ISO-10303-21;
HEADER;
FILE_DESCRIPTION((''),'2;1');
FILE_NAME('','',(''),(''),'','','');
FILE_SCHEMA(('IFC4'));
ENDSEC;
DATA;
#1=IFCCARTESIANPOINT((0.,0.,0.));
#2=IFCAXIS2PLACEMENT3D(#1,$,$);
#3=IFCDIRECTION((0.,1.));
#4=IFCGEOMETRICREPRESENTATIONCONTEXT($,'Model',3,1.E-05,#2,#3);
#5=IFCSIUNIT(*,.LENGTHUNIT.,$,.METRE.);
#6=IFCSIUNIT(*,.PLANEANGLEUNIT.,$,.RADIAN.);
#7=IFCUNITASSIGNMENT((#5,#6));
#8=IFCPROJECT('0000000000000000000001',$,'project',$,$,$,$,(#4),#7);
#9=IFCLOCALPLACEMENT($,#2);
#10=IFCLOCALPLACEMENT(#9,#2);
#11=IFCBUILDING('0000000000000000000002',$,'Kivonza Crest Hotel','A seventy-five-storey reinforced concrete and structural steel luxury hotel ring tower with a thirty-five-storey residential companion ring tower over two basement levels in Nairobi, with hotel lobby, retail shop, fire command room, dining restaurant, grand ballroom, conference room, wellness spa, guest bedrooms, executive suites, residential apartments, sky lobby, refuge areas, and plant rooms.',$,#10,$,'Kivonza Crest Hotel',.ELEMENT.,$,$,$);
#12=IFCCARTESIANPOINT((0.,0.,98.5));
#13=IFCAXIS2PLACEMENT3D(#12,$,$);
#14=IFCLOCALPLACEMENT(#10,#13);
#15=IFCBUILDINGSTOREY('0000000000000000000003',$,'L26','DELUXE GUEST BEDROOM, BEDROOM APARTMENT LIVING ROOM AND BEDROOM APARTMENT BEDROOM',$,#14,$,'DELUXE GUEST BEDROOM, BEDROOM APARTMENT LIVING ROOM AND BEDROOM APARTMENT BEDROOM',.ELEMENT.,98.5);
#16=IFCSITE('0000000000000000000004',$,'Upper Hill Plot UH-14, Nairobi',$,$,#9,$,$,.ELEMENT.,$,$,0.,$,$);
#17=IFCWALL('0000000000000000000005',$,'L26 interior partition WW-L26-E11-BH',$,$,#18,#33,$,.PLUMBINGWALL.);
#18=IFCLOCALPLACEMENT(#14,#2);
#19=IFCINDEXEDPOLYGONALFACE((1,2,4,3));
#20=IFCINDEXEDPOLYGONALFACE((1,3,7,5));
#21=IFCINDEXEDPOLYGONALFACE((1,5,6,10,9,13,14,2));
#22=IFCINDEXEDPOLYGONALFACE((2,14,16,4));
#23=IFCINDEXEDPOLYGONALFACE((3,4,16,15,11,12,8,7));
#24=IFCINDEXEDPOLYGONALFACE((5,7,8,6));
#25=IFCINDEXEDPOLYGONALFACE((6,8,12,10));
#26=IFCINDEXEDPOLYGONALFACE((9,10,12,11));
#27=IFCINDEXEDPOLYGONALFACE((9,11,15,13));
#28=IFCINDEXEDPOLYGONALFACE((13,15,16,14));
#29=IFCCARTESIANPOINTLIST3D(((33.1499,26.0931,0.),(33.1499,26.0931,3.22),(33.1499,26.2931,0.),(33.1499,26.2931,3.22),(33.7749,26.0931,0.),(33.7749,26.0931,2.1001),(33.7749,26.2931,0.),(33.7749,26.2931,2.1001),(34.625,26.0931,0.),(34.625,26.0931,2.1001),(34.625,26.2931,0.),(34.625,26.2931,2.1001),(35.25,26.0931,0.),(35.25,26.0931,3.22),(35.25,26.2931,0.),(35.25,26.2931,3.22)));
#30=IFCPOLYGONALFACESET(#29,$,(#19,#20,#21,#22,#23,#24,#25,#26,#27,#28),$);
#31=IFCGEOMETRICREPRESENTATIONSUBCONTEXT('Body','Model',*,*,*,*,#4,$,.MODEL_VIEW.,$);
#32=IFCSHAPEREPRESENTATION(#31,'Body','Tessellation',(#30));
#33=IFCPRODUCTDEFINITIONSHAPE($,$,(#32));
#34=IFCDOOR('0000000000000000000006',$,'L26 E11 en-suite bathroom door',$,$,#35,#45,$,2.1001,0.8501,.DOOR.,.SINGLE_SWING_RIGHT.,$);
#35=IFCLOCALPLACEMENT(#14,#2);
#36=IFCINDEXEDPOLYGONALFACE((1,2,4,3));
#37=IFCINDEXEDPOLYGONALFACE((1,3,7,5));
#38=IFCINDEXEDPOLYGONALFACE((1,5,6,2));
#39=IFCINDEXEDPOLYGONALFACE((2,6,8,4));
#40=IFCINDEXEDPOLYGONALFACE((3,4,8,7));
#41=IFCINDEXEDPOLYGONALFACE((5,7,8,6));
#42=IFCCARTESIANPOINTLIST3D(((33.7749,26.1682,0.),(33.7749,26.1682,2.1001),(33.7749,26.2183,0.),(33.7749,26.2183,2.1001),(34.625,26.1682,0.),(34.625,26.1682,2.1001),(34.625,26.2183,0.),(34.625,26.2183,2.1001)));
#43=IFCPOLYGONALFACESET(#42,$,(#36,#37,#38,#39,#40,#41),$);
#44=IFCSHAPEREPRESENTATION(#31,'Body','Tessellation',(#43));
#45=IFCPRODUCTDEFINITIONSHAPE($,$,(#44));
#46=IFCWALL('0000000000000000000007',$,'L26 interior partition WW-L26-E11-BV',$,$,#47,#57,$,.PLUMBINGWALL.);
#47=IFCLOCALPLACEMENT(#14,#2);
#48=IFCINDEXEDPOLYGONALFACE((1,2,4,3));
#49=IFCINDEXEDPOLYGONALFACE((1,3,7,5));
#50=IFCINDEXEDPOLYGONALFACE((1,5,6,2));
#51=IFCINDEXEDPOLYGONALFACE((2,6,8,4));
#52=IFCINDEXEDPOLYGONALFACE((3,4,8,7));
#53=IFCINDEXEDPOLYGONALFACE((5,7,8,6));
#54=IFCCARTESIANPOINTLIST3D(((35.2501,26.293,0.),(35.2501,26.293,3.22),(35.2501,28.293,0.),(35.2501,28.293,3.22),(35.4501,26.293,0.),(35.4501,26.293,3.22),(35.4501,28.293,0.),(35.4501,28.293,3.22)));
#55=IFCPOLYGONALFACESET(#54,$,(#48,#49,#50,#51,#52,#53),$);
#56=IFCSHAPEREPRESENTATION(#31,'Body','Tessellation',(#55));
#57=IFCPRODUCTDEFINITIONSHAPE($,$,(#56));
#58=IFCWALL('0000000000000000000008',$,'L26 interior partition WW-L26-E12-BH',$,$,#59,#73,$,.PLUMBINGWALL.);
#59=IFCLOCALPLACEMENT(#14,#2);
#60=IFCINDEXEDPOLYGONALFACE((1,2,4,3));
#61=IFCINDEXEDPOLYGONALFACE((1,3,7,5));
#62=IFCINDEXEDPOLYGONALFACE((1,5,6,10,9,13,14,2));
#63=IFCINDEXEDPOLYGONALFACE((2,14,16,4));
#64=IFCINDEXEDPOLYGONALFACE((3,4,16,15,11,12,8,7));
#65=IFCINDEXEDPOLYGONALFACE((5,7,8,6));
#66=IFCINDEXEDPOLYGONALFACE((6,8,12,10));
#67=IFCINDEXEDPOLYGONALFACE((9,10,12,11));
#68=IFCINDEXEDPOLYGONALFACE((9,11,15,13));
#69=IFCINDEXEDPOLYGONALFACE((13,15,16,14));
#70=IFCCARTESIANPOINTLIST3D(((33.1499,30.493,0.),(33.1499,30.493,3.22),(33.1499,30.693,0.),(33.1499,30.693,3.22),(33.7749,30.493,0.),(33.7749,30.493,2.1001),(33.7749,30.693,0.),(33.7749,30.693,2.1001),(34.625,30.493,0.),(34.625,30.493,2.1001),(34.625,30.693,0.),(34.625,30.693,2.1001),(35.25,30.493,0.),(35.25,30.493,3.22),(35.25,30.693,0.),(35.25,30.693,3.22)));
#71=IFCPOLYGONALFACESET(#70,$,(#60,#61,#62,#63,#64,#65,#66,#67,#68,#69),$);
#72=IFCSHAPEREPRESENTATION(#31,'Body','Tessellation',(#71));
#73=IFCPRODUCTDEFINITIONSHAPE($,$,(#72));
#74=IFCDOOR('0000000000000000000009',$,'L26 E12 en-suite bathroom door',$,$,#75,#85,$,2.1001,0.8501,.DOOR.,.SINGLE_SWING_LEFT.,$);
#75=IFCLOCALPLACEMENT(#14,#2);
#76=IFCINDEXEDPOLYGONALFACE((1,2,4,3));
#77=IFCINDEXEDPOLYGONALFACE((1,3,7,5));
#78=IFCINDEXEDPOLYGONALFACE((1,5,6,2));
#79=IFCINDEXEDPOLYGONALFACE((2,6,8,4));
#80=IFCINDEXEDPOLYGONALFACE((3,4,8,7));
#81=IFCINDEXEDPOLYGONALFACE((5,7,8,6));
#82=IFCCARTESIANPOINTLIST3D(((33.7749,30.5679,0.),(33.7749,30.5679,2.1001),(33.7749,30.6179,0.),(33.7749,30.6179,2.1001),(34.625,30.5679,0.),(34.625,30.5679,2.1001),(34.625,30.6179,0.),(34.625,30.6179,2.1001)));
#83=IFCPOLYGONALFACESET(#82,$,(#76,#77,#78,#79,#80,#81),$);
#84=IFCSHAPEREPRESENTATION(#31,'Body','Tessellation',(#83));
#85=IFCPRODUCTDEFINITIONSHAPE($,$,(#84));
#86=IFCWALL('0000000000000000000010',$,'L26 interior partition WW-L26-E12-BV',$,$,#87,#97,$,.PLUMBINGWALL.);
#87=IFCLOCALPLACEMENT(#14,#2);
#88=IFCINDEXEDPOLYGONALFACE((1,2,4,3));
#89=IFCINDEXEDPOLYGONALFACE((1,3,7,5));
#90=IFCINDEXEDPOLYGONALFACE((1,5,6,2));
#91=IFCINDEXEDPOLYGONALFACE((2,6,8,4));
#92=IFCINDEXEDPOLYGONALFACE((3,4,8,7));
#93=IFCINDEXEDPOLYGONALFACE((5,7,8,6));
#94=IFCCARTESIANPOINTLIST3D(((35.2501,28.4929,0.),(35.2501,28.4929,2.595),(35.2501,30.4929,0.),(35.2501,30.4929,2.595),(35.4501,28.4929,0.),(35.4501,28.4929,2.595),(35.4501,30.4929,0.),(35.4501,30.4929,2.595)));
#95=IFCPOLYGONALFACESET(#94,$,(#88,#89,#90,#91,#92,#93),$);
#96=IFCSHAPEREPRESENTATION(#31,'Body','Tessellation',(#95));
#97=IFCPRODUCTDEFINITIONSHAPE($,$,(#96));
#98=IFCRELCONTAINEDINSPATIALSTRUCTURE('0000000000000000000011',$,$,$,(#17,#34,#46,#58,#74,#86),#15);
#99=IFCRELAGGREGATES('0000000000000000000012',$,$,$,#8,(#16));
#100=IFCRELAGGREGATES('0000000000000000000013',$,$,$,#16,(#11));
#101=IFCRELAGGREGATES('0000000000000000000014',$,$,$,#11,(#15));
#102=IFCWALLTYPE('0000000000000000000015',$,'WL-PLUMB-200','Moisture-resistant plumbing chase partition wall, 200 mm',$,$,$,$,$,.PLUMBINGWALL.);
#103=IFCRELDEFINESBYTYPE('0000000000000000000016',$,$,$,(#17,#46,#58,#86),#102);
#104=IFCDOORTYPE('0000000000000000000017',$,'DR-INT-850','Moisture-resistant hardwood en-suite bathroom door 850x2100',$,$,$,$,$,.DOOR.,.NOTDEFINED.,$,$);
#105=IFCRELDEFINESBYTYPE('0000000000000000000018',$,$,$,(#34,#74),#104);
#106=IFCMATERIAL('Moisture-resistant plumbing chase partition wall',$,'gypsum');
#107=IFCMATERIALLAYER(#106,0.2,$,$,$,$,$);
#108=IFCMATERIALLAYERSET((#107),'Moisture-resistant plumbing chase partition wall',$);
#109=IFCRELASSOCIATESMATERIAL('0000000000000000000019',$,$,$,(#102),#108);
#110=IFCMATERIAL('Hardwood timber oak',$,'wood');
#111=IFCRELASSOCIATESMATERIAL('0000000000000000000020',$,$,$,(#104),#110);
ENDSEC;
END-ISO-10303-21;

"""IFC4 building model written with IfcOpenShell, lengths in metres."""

from ifc_helpers import new_model, si_unit, direction, frame, frame_2d, origin, place, context, subcontext, project, spatial, rectangle, extrude, material, layer, layer_set, type_object, element, fill, save


model = new_model("IFC4")

# Units and contexts
model_context = context("Model", 3, precision=1e-05, world=origin(), true_north=direction((0.0, 1.0)))
body_context = subcontext(model_context, "Body", "Model", "MODEL_VIEW")
ifc_project = project(units=[si_unit("LENGTHUNIT", "METRE"), si_unit("PLANEANGLEUNIT", "RADIAN")], contexts=[model_context])

# Site, building, storey
site_placement = place(None, origin())
site = spatial("IfcSite", under=ifc_project, at=site_placement, Name="Upper Hill Plot UH-14, Nairobi", CompositionType="ELEMENT", RefElevation=0.0)
building_placement = place(site_placement, origin())
building = spatial("IfcBuilding", under=site, at=building_placement, Name="Kivonza Crest Hotel", Description="A seventy-five-storey reinforced concrete and structural steel luxury hotel ring tower with a thirty-five-storey residential companion ring tower over two basement levels in Nairobi, with hotel lobby, retail shop, fire command room, dining restaurant, grand ballroom, conference room, wellness spa, guest bedrooms, executive suites, residential apartments, sky lobby, refuge areas, and plant rooms.", LongName="Kivonza Crest Hotel", CompositionType="ELEMENT")
storey_placement = place(building_placement, frame((0.0, 0.0, 98.5)))
storey = spatial("IfcBuildingStorey", under=building, at=storey_placement, Name="L26", Description="DELUXE GUEST BEDROOM, BEDROOM APARTMENT LIVING ROOM AND BEDROOM APARTMENT BEDROOM", LongName="DELUXE GUEST BEDROOM, BEDROOM APARTMENT LIVING ROOM AND BEDROOM APARTMENT BEDROOM", CompositionType="ELEMENT", Elevation=98.5)

# Shared definitions
ifc_material_1 = material(Name="Hardwood timber oak", Category="wood")

# Wall, opening, door
ifc_material_2 = material(Name="Moisture-resistant plumbing chase partition wall", Category="gypsum")
ifc_layer_1 = layer(ifc_material_2, 0.2)
ifc_layer_set_1 = layer_set([ifc_layer_1], Name="Moisture-resistant plumbing chase partition wall")
wall_type_1 = type_object("IfcWallType", Name="WL-PLUMB-200", Description="Moisture-resistant plumbing chase partition wall, 200 mm", PredefinedType="PLUMBINGWALL", material=ifc_layer_set_1)
wall_1_placement = place(storey_placement, frame((33.1499, 26.1931, 0.0), z_axis=(0.0, 0.0, 1.0), x_axis=(1.0, 0.0, 0.0)))
wall_1 = element("IfcWall", 1, at=wall_1_placement, inside=storey, type_object=wall_type_1, Name="L26 interior partition WW-L26-E11-BH", PredefinedType="PLUMBINGWALL", context=body_context, shape_type="SweptSolid", body=[
    extrude(rectangle(XDim=2.1001, YDim=0.2, at=frame_2d((1.05, 0.0))), origin(), (0.0, 0.0, 1.0), 3.22),
])
opening_1_placement = place(wall_1_placement, frame((0.625, 0.0, 0.0)))
opening_1 = element("IfcOpeningElement", 2, at=opening_1_placement, cuts=wall_1, PredefinedType="OPENING", context=body_context, shape_type="SweptSolid", body=[
    extrude(rectangle(XDim=0.8501, YDim=2.1001, at=frame_2d((0.425, 1.05))), frame((0.0, 0.1099, 0.0), z_axis=(0.0, -1.0, 0.0), x_axis=(1.0, 0.0, 0.0)), (0.0, 0.0, 1.0), 0.22),
])
door_type_1 = type_object("IfcDoorType", Name="DR-INT-850", Description="Moisture-resistant hardwood en-suite bathroom door 850x2100", OperationType="NOTDEFINED", PredefinedType="DOOR", material=ifc_material_1)
door_1_placement = place(opening_1_placement, frame((0.8501, 0.0, 0.0), z_axis=(0.0, 0.0, 1.0), x_axis=(-1.0, 0.0, 0.0)))
door_1 = element("IfcDoor", 3, at=door_1_placement, inside=storey, type_object=door_type_1, Name="L26 E11 en-suite bathroom door", OperationType="SINGLE_SWING_RIGHT", OverallHeight=2.1001, OverallWidth=0.8501, PredefinedType="DOOR", context=body_context, shape_type="SweptSolid", body=[
    extrude(rectangle(XDim=0.8501, YDim=2.1001, at=frame_2d((0.425, 1.05))), frame((0.0, 0.0249, 0.0), z_axis=(0.0, -1.0, 0.0), x_axis=(1.0, 0.0, 0.0)), (0.0, 0.0, 1.0), 0.05),
])
fill(opening_1, door_1)

# Wall
wall_2_placement = place(storey_placement, frame((35.3501, 26.293, 0.0), z_axis=(0.0, 0.0, 1.0), x_axis=(0.0, 1.0, 0.0)))
element("IfcWall", 4, at=wall_2_placement, inside=storey, type_object=wall_type_1, Name="L26 interior partition WW-L26-E11-BV", PredefinedType="PLUMBINGWALL", context=body_context, shape_type="SweptSolid", body=[
    extrude(rectangle(XDim=2.0, YDim=0.2, at=frame_2d((1.0, 0.0))), origin(), (0.0, 0.0, 1.0), 3.22),
])

# Wall, opening, door
wall_3_placement = place(storey_placement, frame((33.1499, 30.593, 0.0), z_axis=(0.0, 0.0, 1.0), x_axis=(1.0, 0.0, 0.0)))
wall_3 = element("IfcWall", 5, at=wall_3_placement, inside=storey, type_object=wall_type_1, Name="L26 interior partition WW-L26-E12-BH", PredefinedType="PLUMBINGWALL", context=body_context, shape_type="SweptSolid", body=[
    extrude(rectangle(XDim=2.1001, YDim=0.2, at=frame_2d((1.05, 0.0))), origin(), (0.0, 0.0, 1.0), 3.22),
])
opening_2_placement = place(wall_3_placement, frame((0.625, 0.0, 0.0)))
opening_2 = element("IfcOpeningElement", 6, at=opening_2_placement, cuts=wall_3, PredefinedType="OPENING", context=body_context, shape_type="SweptSolid", body=[
    extrude(rectangle(XDim=0.8501, YDim=2.1001, at=frame_2d((0.425, 1.05))), frame((0.0, 0.1099, 0.0), z_axis=(0.0, -1.0, 0.0), x_axis=(1.0, 0.0, 0.0)), (0.0, 0.0, 1.0), 0.22),
])
door_2_placement = place(opening_2_placement, origin())
door_2 = element("IfcDoor", 7, at=door_2_placement, inside=storey, type_object=door_type_1, Name="L26 E12 en-suite bathroom door", OperationType="SINGLE_SWING_LEFT", OverallHeight=2.1001, OverallWidth=0.8501, PredefinedType="DOOR", context=body_context, shape_type="SweptSolid", body=[
    extrude(rectangle(XDim=0.8501, YDim=2.1001, at=frame_2d((0.425, 1.05))), frame((0.0, 0.0249, 0.0), z_axis=(0.0, -1.0, 0.0), x_axis=(1.0, 0.0, 0.0)), (0.0, 0.0, 1.0), 0.05),
])
fill(opening_2, door_2)

# Wall
wall_4_placement = place(storey_placement, frame((35.3501, 28.4929, 0.0), z_axis=(0.0, 0.0, 1.0), x_axis=(0.0, 1.0, 0.0)))
element("IfcWall", 8, at=wall_4_placement, inside=storey, type_object=wall_type_1, Name="L26 interior partition WW-L26-E12-BV", PredefinedType="PLUMBINGWALL", context=body_context, shape_type="SweptSolid", body=[
    extrude(rectangle(XDim=2.0, YDim=0.2, at=frame_2d((1.0, 0.0))), origin(), (0.0, 0.0, 1.0), 2.595),
])

save(model, "model.ifc")
